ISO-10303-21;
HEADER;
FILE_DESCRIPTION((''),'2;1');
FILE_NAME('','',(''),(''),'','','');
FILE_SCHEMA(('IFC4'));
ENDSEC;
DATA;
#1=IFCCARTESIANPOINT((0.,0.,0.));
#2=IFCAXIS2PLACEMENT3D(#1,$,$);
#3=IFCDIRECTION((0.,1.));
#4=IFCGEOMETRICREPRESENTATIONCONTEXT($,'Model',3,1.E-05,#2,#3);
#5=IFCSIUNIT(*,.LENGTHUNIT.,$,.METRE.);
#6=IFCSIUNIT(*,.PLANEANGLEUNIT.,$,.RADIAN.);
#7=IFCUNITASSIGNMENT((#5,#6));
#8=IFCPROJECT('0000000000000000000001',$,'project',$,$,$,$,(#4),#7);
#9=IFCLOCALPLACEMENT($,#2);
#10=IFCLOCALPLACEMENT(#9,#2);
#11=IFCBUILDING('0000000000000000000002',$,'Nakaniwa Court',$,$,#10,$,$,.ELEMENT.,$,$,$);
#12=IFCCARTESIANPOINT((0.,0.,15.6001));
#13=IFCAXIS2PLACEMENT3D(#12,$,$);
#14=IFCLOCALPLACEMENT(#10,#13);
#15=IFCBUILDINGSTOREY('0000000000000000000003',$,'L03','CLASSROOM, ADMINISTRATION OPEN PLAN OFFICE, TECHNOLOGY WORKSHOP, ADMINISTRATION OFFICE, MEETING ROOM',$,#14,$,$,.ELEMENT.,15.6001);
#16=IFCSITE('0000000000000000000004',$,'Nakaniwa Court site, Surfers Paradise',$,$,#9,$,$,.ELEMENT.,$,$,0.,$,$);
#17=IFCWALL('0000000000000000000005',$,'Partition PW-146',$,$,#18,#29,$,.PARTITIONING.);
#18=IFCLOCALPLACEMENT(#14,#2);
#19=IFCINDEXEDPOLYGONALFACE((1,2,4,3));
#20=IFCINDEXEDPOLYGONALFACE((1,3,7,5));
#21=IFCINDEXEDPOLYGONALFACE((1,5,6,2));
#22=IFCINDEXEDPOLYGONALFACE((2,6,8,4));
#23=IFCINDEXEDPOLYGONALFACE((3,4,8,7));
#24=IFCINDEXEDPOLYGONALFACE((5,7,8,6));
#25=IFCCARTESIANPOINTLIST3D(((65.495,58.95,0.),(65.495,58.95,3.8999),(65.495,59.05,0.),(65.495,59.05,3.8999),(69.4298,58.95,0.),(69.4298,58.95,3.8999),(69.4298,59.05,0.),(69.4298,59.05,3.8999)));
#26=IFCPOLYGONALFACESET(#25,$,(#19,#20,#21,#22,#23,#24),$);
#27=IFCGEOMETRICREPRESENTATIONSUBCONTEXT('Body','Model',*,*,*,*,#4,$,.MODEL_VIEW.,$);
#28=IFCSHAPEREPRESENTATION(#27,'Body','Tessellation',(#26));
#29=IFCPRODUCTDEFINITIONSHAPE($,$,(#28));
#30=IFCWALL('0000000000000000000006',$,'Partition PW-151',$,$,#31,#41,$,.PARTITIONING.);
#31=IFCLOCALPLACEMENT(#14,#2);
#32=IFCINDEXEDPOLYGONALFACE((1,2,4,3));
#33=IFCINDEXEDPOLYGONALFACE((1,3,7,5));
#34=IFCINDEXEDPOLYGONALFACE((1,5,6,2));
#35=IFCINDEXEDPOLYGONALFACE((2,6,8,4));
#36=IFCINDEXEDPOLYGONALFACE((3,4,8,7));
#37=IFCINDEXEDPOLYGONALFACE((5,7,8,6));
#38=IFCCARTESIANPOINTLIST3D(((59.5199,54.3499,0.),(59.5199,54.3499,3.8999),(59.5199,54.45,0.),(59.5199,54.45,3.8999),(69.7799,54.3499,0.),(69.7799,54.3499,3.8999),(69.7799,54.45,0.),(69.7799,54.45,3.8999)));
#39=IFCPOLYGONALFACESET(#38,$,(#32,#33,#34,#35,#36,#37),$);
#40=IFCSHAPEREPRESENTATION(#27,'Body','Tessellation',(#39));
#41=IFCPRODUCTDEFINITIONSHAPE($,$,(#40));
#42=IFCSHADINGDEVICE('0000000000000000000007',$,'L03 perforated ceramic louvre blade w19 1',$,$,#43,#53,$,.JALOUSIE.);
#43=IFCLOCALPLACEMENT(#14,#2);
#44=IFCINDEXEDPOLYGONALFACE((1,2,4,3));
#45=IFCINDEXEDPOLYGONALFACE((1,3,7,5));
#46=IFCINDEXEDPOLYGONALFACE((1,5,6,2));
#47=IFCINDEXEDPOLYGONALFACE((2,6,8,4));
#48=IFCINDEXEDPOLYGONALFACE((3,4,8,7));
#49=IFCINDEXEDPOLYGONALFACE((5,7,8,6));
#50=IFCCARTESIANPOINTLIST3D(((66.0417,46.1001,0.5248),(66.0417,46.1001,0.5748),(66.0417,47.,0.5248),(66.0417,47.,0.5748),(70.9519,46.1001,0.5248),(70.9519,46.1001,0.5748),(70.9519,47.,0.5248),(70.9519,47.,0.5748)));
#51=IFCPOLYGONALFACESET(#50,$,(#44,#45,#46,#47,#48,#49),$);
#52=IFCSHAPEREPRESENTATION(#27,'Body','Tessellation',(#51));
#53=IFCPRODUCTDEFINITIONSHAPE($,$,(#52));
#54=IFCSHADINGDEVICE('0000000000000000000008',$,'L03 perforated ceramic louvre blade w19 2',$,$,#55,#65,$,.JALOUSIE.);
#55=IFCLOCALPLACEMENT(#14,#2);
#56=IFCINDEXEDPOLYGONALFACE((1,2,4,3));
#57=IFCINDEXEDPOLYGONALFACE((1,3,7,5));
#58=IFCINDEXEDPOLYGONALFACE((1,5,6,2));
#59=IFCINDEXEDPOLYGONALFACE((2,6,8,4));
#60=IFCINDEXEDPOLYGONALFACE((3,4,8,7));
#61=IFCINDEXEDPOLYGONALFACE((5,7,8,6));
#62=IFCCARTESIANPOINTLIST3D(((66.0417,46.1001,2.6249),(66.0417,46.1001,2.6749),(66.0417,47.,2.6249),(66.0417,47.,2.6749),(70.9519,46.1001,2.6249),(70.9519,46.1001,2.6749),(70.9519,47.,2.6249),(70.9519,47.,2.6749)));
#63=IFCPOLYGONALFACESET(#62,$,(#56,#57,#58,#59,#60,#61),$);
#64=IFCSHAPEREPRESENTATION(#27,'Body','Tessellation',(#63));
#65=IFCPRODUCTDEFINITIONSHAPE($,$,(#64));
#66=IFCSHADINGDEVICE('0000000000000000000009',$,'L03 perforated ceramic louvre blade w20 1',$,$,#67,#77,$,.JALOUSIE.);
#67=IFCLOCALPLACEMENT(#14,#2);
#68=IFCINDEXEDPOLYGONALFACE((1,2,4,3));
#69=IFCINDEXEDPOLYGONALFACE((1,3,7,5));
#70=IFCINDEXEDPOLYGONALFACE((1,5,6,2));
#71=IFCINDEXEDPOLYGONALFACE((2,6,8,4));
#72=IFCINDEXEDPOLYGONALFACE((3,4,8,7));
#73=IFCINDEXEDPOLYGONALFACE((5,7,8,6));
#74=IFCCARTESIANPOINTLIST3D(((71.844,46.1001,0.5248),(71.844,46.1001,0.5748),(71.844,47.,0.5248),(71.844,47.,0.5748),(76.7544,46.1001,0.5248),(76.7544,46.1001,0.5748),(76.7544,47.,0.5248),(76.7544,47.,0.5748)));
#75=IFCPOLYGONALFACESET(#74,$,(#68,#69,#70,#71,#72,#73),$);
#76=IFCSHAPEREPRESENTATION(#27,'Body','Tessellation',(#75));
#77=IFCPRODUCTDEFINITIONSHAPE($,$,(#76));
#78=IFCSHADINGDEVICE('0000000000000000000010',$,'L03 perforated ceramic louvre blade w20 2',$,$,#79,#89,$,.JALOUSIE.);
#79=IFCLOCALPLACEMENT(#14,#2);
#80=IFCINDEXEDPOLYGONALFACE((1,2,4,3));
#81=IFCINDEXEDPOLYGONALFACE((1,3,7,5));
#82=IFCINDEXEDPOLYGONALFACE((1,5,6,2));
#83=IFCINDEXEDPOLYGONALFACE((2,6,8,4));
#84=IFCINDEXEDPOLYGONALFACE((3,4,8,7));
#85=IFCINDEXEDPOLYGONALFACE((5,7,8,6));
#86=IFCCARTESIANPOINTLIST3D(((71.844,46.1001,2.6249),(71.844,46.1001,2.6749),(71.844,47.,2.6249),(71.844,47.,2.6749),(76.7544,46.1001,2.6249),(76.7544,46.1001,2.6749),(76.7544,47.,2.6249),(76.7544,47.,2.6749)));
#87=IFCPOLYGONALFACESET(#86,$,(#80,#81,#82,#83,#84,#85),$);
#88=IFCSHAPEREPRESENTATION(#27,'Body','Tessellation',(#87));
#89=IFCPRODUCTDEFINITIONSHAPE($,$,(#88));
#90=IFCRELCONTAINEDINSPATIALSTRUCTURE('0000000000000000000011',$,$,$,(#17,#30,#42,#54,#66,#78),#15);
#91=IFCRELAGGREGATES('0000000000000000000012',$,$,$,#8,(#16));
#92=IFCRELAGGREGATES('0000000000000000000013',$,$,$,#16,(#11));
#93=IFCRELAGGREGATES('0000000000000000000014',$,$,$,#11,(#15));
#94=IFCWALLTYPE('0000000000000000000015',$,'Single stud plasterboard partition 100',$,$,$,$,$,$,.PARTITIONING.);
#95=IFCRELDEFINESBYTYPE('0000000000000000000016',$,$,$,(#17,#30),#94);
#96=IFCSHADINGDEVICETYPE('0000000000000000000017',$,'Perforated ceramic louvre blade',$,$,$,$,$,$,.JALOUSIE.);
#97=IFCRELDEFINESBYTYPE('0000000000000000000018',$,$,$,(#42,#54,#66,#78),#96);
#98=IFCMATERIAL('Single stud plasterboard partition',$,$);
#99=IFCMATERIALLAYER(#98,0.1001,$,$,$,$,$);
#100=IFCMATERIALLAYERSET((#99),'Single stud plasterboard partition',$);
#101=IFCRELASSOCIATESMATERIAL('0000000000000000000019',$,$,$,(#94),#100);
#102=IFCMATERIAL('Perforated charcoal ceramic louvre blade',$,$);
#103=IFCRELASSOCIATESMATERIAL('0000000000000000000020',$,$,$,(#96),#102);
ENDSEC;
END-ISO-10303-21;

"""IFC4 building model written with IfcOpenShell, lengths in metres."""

from ifc_helpers import new_model, si_unit, direction, frame, frame_2d, origin, origin_2d, place, context, subcontext, project, spatial, rectangle, extrude, material, layer, layer_set, material_profile, profile_set, type_object, element, save


model = new_model("IFC4")

# Units and contexts
model_context = context("Model", 3, precision=1e-05, world=origin(), true_north=direction((0.0, 1.0)))
body_context = subcontext(model_context, "Body", "Model", "MODEL_VIEW")
ifc_project = project(units=[si_unit("LENGTHUNIT", "METRE"), si_unit("PLANEANGLEUNIT", "RADIAN")], contexts=[model_context])

# Site, building, storey
site_placement = place(None, origin())
site = spatial("IfcSite", under=ifc_project, at=site_placement, Name="Nakaniwa Court site, Surfers Paradise", CompositionType="ELEMENT", RefElevation=0.0)
building_placement = place(site_placement, origin())
building = spatial("IfcBuilding", under=site, at=building_placement, Name="Nakaniwa Court", CompositionType="ELEMENT")
storey_placement = place(building_placement, frame((0.0, 0.0, 15.6001)))
storey = spatial("IfcBuildingStorey", under=building, at=storey_placement, Name="L03", Description="CLASSROOM, ADMINISTRATION OPEN PLAN OFFICE, TECHNOLOGY WORKSHOP, ADMINISTRATION OFFICE, MEETING ROOM", CompositionType="ELEMENT", Elevation=15.6001)

# Walls
ifc_material_1 = material(Name="Single stud plasterboard partition")
ifc_layer_1 = layer(ifc_material_1, 0.1001)
ifc_layer_set_1 = layer_set([ifc_layer_1], Name="Single stud plasterboard partition")
wall_type_1 = type_object("IfcWallType", Name="Single stud plasterboard partition 100", PredefinedType="PARTITIONING", material=ifc_layer_set_1)
wall_1_placement = place(storey_placement, frame((65.4951, 59.0, 0.0), z_axis=(0.0, 0.0, 1.0), x_axis=(1.0, 0.0, 0.0)))
element("IfcWall", 1, at=wall_1_placement, inside=storey, type_object=wall_type_1, Name="Partition PW-146", PredefinedType="PARTITIONING", context=body_context, shape_type="SweptSolid", body=[
    extrude(rectangle(XDim=3.9348, YDim=0.1001, at=frame_2d((1.9673, 0.0))), origin(), (0.0, 0.0, 1.0), 3.8999),
])
wall_2_placement = place(storey_placement, frame((59.52, 54.3999, 0.0), z_axis=(0.0, 0.0, 1.0), x_axis=(1.0, 0.0, 0.0)))
element("IfcWall", 2, at=wall_2_placement, inside=storey, type_object=wall_type_1, Name="Partition PW-151", PredefinedType="PARTITIONING", context=body_context, shape_type="SweptSolid", body=[
    extrude(rectangle(XDim=10.26, YDim=0.1001, at=frame_2d((5.1299, 0.0))), origin(), (0.0, 0.0, 1.0), 3.8999),
])

# Shading devices
ifc_material_2 = material(Name="Perforated charcoal ceramic louvre blade")
ifc_material_profile_1 = material_profile(ifc_material_2, rectangle(XDim=0.8999, YDim=0.05, at=origin_2d()), Name="Perforated ceramic louvre blade")
ifc_profile_set_1 = profile_set([ifc_material_profile_1], Name="Perforated charcoal ceramic louvre blade")
shading_device_type = type_object("IfcShadingDeviceType", Name="Perforated ceramic louvre blade", PredefinedType="JALOUSIE", material=ifc_profile_set_1)
for number, where, z_axis, x_axis, name in (
    (3, (66.0417, 46.55, 0.5498), (1.0, 0.0, 0.0), (0.0, 1.0, 0.0), "L03 perforated ceramic louvre blade w19 1"),
    (4, (66.0417, 46.55, 2.6499), (1.0, 0.0, 0.0), (0.0, 1.0, 0.0), "L03 perforated ceramic louvre blade w19 2"),
):
    element("IfcShadingDevice", number, at=place(storey_placement, frame(where, z_axis=z_axis, x_axis=x_axis)), inside=storey, type_object=shading_device_type, Name=name, PredefinedType="JALOUSIE", context=body_context, shape_type="SweptSolid", body=[
        extrude(rectangle(XDim=0.8999, YDim=0.05, at=origin_2d()), origin(), (0.0, 0.0, 1.0), 4.9102),
    ])
for number, where, z_axis, x_axis, name in (
    (5, (71.844, 46.55, 0.5498), (1.0, 0.0, 0.0), (0.0, 1.0, 0.0), "L03 perforated ceramic louvre blade w20 1"),
    (6, (71.844, 46.55, 2.6499), (1.0, 0.0, 0.0), (0.0, 1.0, 0.0), "L03 perforated ceramic louvre blade w20 2"),
):
    element("IfcShadingDevice", number, at=place(storey_placement, frame(where, z_axis=z_axis, x_axis=x_axis)), inside=storey, type_object=shading_device_type, Name=name, PredefinedType="JALOUSIE", context=body_context, shape_type="SweptSolid", body=[
        extrude(rectangle(XDim=0.8999, YDim=0.05, at=origin_2d()), origin(), (0.0, 0.0, 1.0), 4.9104),
    ])

save(model, "model.ifc")
